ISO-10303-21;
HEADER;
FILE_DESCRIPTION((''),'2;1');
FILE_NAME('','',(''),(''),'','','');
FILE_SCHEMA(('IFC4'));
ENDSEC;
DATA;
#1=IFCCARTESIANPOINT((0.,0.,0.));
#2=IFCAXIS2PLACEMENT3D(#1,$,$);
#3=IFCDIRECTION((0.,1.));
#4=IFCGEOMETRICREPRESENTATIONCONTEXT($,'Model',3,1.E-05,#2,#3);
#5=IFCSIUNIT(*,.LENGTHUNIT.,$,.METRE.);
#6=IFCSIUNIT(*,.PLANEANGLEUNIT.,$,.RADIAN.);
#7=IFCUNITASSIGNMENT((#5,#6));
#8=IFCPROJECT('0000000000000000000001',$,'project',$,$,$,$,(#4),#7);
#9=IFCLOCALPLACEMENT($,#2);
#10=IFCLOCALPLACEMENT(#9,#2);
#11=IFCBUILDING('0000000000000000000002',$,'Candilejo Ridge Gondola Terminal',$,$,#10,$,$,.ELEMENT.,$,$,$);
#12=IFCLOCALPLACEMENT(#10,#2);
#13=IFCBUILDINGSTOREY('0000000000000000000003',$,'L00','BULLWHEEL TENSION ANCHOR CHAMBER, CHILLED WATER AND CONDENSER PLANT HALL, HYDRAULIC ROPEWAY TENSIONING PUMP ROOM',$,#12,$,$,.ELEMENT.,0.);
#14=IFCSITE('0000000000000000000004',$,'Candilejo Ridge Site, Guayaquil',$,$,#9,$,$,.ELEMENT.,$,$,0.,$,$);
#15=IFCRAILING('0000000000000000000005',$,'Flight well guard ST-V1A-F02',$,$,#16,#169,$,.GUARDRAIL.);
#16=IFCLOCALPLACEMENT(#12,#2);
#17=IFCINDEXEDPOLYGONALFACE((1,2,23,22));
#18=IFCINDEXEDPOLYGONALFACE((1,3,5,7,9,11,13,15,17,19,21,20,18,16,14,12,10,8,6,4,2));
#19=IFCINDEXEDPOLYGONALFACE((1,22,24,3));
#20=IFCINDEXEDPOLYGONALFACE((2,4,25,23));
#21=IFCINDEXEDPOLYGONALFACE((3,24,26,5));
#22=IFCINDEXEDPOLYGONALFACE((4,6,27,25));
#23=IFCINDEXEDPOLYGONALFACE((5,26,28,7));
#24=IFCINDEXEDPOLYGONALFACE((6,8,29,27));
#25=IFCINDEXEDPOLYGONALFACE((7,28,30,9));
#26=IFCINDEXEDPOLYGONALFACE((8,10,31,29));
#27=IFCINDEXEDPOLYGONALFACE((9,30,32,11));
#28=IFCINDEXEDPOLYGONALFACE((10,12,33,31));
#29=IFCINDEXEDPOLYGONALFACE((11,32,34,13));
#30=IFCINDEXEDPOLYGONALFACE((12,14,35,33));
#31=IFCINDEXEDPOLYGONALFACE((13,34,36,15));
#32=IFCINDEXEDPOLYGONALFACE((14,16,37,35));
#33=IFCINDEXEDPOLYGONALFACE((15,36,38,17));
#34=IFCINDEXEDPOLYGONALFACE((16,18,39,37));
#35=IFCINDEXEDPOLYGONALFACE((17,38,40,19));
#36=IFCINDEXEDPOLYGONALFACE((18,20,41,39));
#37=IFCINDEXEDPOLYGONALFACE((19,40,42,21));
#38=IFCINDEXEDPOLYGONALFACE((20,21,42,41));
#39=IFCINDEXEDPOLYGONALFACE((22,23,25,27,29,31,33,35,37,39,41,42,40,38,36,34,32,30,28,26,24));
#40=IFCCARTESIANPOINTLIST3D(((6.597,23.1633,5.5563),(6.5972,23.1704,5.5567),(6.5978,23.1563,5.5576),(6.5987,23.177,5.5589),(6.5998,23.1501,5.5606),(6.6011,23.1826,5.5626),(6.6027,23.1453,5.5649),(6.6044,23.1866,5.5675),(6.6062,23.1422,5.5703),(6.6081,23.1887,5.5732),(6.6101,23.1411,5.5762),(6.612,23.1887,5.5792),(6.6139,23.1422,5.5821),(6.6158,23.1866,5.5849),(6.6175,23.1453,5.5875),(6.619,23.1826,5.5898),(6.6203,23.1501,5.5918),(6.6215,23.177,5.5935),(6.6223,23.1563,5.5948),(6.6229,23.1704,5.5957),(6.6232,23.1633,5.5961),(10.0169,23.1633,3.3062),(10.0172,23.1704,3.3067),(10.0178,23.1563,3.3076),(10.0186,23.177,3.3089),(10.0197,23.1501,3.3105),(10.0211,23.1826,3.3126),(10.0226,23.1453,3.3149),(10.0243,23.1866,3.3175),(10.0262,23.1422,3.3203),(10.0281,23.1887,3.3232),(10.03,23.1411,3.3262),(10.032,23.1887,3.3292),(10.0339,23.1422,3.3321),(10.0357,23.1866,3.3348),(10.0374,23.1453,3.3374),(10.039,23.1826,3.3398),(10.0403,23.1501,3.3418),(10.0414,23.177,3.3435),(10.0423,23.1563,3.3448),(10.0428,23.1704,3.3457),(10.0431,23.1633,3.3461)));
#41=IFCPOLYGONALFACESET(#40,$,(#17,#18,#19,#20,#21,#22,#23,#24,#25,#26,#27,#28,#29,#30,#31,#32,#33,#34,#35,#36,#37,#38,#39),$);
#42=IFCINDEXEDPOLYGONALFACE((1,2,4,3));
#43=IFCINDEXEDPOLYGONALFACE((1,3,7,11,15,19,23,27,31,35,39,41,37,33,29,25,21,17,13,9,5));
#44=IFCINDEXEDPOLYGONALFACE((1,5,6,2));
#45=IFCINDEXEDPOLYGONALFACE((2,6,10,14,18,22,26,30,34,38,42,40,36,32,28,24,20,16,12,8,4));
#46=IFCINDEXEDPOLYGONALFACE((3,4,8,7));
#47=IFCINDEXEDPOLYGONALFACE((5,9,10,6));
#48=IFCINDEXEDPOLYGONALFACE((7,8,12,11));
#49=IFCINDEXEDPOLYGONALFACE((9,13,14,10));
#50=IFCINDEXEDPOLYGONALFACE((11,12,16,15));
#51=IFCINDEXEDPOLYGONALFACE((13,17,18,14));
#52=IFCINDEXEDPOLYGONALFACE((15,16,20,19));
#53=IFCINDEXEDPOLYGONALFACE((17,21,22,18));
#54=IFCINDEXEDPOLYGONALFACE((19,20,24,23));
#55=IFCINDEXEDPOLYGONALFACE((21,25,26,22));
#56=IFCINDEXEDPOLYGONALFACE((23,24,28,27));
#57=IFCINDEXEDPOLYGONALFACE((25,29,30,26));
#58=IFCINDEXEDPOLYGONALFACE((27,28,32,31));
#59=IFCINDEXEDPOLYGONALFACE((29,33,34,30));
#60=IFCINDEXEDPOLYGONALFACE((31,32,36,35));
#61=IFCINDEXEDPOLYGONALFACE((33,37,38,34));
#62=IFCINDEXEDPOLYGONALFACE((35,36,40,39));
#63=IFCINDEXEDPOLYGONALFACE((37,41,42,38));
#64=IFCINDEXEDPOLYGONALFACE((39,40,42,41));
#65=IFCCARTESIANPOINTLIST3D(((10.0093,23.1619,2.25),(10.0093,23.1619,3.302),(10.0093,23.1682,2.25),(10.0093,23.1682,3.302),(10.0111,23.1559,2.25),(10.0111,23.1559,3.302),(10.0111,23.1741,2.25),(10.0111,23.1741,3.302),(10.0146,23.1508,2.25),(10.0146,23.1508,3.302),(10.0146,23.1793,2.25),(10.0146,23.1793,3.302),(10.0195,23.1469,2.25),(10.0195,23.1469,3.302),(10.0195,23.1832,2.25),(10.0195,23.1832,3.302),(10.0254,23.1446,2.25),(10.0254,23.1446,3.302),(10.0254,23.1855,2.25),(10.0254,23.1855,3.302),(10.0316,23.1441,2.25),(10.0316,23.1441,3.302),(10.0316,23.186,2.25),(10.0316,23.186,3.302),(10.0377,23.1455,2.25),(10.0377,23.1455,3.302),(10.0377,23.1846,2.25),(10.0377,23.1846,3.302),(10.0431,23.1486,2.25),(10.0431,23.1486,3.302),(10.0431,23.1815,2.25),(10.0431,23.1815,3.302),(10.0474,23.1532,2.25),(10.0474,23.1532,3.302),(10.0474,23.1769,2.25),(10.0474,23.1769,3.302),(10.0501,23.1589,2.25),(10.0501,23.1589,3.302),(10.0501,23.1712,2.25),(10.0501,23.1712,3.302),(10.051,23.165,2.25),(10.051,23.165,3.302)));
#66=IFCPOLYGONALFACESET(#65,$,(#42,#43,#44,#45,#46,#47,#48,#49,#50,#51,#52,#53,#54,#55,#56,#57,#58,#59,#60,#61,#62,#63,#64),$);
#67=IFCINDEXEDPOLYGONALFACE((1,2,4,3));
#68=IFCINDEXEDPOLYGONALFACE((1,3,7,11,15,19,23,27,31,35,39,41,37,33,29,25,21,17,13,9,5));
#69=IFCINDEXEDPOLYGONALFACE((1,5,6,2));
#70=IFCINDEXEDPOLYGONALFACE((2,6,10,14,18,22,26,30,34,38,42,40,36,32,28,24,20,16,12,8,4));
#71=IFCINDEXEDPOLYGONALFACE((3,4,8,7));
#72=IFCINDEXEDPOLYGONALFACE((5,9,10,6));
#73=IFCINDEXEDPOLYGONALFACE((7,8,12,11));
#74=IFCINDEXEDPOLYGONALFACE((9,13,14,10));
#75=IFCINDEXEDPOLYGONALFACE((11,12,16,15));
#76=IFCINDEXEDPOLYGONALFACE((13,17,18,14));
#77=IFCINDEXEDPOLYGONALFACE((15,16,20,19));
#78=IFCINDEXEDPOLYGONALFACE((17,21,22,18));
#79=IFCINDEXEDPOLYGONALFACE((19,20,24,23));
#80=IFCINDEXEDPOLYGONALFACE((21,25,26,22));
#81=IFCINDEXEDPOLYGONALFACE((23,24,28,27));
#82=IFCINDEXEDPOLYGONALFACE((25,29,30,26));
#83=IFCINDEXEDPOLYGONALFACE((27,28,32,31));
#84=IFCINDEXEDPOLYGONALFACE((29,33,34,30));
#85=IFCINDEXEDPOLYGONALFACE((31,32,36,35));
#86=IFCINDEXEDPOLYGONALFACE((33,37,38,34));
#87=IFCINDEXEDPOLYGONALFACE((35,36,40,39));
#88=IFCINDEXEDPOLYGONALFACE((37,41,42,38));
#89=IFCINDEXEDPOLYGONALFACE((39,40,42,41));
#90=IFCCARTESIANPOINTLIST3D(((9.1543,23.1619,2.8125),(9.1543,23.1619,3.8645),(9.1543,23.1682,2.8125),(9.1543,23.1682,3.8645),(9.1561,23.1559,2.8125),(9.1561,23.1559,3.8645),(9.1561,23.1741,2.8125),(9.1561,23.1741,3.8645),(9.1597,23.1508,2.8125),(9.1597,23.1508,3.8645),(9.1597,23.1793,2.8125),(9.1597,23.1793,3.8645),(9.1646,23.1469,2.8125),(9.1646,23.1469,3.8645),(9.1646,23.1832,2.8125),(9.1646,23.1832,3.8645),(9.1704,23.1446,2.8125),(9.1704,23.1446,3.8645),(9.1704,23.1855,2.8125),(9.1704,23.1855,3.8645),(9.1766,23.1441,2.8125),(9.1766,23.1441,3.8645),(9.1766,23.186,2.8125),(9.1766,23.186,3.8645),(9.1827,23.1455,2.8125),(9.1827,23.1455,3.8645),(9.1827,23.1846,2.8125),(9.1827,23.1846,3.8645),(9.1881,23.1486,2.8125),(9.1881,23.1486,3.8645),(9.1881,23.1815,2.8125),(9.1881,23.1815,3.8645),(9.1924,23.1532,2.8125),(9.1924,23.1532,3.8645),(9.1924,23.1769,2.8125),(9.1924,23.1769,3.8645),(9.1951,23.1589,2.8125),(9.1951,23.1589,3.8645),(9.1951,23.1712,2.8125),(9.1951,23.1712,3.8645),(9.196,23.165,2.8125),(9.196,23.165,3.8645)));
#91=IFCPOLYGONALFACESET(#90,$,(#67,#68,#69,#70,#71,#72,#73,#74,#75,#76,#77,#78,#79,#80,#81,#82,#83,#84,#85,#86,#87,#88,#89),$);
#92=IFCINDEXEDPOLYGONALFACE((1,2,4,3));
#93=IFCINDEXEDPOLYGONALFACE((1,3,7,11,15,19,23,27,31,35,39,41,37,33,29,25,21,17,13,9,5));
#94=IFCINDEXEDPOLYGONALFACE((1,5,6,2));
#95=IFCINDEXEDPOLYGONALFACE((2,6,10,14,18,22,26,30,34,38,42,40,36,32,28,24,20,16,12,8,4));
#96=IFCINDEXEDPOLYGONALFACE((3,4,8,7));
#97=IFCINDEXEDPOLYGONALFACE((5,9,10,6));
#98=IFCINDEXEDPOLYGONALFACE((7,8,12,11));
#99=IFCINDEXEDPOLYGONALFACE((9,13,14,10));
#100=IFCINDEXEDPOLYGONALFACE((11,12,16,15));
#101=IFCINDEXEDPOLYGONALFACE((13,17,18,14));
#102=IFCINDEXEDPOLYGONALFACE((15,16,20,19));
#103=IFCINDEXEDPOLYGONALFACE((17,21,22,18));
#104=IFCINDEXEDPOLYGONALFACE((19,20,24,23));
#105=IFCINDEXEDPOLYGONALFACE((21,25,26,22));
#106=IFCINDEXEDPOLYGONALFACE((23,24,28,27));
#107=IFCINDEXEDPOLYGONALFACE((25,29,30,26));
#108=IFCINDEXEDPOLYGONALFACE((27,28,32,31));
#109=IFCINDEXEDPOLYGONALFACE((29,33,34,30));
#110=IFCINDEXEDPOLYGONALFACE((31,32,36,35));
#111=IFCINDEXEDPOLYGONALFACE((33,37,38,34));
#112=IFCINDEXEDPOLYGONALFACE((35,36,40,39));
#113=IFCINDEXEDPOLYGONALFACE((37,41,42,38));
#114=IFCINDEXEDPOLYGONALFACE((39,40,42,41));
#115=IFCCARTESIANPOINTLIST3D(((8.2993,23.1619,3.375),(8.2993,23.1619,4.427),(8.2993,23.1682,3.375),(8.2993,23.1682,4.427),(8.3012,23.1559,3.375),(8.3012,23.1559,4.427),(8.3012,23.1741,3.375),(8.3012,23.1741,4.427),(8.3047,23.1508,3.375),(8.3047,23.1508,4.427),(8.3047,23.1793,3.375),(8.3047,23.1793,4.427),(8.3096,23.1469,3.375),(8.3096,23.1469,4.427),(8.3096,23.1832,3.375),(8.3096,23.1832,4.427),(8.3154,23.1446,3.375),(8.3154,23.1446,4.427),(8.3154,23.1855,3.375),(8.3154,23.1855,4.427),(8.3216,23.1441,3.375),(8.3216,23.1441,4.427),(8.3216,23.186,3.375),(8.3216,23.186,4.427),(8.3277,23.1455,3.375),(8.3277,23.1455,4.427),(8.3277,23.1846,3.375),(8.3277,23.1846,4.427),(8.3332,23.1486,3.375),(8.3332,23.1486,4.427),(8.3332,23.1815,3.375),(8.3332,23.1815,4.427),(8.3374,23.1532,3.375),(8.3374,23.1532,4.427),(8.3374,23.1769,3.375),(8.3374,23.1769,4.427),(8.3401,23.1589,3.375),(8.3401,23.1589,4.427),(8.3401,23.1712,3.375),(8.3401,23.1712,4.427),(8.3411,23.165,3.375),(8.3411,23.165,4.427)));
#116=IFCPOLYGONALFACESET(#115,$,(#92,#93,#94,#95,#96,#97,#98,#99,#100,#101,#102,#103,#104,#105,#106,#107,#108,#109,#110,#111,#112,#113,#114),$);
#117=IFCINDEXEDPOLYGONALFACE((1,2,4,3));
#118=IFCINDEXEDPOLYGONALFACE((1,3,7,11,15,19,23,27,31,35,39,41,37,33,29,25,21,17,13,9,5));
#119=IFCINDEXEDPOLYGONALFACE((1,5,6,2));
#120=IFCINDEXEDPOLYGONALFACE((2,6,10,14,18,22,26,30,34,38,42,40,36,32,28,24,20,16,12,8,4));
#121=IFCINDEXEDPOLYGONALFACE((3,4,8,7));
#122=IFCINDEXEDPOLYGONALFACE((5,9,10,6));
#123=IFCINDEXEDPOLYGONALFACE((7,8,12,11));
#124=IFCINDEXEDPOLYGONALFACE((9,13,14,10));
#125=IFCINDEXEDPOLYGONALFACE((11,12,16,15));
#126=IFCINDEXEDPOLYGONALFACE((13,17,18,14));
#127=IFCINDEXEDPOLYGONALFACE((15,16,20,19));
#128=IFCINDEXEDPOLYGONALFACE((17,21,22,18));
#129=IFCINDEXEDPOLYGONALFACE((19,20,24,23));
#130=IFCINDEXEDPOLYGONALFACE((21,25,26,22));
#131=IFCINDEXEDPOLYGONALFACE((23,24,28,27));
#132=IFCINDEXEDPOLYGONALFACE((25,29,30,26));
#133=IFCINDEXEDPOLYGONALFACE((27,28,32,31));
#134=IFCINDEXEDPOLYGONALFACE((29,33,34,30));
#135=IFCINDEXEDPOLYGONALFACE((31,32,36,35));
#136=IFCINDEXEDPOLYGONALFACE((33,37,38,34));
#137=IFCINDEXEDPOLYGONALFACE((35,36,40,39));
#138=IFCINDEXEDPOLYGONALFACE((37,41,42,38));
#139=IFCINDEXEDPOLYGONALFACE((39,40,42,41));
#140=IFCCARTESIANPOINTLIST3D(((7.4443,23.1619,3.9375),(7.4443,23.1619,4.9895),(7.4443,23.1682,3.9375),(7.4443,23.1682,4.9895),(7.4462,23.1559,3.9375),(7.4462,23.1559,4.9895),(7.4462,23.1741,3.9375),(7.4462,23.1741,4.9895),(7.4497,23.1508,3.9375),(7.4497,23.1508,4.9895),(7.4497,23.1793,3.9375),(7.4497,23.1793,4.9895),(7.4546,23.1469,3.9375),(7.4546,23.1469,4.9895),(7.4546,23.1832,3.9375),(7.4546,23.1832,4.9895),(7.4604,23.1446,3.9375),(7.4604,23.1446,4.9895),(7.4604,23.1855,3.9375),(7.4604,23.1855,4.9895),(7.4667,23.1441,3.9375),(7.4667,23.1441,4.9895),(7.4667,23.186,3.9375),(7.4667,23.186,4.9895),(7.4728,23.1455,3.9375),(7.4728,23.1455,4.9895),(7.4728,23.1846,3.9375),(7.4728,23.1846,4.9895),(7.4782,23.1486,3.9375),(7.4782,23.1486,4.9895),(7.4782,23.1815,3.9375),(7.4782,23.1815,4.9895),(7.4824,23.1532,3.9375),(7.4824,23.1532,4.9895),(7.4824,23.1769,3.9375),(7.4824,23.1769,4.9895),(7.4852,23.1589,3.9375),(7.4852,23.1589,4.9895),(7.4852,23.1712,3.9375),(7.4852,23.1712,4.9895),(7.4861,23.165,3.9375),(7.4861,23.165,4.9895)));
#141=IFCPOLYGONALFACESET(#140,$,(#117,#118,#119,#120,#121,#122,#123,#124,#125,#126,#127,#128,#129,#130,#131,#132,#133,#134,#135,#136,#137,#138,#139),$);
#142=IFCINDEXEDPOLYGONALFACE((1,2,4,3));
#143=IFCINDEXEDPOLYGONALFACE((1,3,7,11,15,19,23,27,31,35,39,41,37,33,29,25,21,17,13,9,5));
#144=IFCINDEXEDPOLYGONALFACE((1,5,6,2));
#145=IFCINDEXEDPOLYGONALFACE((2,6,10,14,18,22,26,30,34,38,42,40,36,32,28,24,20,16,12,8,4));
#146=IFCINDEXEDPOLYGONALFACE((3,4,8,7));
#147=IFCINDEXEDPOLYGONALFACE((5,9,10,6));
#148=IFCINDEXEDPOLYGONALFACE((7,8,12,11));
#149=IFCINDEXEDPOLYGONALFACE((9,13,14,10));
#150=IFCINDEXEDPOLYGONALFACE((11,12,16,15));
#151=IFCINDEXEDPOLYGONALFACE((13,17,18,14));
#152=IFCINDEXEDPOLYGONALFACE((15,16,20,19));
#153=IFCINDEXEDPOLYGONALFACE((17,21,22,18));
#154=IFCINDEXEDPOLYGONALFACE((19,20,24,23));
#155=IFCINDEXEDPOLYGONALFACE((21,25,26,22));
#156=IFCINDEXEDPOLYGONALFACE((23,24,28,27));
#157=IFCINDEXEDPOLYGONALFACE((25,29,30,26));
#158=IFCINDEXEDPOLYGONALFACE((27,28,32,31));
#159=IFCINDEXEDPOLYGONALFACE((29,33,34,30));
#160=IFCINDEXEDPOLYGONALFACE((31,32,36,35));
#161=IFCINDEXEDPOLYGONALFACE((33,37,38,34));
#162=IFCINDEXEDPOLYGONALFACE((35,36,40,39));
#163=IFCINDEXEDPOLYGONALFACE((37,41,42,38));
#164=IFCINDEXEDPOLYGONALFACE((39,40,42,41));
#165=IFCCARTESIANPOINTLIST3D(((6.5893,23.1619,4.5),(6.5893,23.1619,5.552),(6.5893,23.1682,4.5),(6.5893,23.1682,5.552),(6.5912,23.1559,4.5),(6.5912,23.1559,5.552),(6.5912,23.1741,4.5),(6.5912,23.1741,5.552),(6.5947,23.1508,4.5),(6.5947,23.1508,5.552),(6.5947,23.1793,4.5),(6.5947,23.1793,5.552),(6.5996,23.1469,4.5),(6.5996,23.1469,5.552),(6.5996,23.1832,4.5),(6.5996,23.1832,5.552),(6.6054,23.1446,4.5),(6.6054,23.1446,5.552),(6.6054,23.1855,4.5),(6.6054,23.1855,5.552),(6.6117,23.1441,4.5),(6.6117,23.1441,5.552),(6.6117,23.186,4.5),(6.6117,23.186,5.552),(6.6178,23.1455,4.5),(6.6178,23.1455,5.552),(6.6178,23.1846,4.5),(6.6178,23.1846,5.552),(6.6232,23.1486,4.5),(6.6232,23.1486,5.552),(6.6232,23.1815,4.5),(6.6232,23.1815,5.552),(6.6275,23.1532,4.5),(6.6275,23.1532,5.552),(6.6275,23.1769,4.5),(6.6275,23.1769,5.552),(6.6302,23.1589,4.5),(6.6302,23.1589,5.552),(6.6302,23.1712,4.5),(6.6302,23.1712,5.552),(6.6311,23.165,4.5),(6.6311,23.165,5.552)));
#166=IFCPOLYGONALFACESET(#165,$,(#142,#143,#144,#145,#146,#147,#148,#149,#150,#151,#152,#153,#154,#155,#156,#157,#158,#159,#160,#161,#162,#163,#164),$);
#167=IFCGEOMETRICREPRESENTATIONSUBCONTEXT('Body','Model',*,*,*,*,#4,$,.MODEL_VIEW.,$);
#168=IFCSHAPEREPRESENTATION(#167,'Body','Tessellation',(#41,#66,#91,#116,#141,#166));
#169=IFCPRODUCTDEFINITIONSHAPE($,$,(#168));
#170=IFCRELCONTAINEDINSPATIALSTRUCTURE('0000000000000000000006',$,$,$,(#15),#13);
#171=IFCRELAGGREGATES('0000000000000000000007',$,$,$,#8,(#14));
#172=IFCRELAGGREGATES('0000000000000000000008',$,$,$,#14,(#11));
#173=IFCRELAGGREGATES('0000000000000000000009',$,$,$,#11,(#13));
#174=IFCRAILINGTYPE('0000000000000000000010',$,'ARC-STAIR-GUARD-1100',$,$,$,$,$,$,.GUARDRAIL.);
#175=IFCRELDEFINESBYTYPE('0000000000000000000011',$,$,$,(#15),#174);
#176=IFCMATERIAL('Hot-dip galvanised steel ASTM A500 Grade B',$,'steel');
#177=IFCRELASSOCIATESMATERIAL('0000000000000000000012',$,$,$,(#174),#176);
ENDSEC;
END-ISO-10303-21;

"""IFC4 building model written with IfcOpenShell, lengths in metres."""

from ifc_helpers import new_model, si_unit, direction, frame, origin, origin_2d, place, context, subcontext, project, spatial, circle, extrude, material, type_object, element, save


model = new_model("IFC4")

# Units and contexts
model_context = context("Model", 3, precision=1e-05, world=origin(), true_north=direction((0.0, 1.0)))
body_context = subcontext(model_context, "Body", "Model", "MODEL_VIEW")
ifc_project = project(units=[si_unit("LENGTHUNIT", "METRE"), si_unit("PLANEANGLEUNIT", "RADIAN")], contexts=[model_context])

# Site, building, storey
site_placement = place(None, origin())
site = spatial("IfcSite", under=ifc_project, at=site_placement, Name="Candilejo Ridge Site, Guayaquil", CompositionType="ELEMENT", RefElevation=0.0)
building_placement = place(site_placement, origin())
building = spatial("IfcBuilding", under=site, at=building_placement, Name="Candilejo Ridge Gondola Terminal", CompositionType="ELEMENT")
storey_placement = place(building_placement, origin())
storey = spatial("IfcBuildingStorey", under=building, at=storey_placement, Name="L00", Description="BULLWHEEL TENSION ANCHOR CHAMBER, CHILLED WATER AND CONDENSER PLANT HALL, HYDRAULIC ROPEWAY TENSIONING PUMP ROOM", CompositionType="ELEMENT", Elevation=0.0)

# Railing
ifc_material_1 = material(Name="Hot-dip galvanised steel ASTM A500 Grade B", Category="steel")
railing_type_1 = type_object("IfcRailingType", Name="ARC-STAIR-GUARD-1100", PredefinedType="GUARDRAIL", material=ifc_material_1)
railing_1_placement = place(storey_placement, frame((10.03, 23.165, 2.25)))
element("IfcRailing", 1, at=railing_1_placement, inside=storey, type_object=railing_type_1, Name="Flight well guard ST-V1A-F02", PredefinedType="GUARDRAIL", context=body_context, shape_type="SweptSolid", body=[
    extrude(circle(Radius=0.0239, at=origin_2d()), frame((0.0, 0.0, 1.0762), z_axis=(-0.835411, 0.0, 0.549625), x_axis=(0.0, -1.0, 0.0)), (0.0, 0.0, 1.0), 4.0938),
    extrude(circle(Radius=0.021, at=origin_2d()), origin(), (0.0, 0.0, 1.0), 1.052),
    extrude(circle(Radius=0.021, at=origin_2d()), frame((-0.855, 0.0, 0.5625)), (0.0, 0.0, 1.0), 1.052),
    extrude(circle(Radius=0.021, at=origin_2d()), frame((-1.71, 0.0, 1.125)), (0.0, 0.0, 1.0), 1.052),
    extrude(circle(Radius=0.021, at=origin_2d()), frame((-2.5649, 0.0, 1.6875)), (0.0, 0.0, 1.0), 1.052),
    extrude(circle(Radius=0.021, at=origin_2d()), frame((-3.4199, 0.0, 2.25)), (0.0, 0.0, 1.0), 1.052),
])

save(model, "model.ifc")
